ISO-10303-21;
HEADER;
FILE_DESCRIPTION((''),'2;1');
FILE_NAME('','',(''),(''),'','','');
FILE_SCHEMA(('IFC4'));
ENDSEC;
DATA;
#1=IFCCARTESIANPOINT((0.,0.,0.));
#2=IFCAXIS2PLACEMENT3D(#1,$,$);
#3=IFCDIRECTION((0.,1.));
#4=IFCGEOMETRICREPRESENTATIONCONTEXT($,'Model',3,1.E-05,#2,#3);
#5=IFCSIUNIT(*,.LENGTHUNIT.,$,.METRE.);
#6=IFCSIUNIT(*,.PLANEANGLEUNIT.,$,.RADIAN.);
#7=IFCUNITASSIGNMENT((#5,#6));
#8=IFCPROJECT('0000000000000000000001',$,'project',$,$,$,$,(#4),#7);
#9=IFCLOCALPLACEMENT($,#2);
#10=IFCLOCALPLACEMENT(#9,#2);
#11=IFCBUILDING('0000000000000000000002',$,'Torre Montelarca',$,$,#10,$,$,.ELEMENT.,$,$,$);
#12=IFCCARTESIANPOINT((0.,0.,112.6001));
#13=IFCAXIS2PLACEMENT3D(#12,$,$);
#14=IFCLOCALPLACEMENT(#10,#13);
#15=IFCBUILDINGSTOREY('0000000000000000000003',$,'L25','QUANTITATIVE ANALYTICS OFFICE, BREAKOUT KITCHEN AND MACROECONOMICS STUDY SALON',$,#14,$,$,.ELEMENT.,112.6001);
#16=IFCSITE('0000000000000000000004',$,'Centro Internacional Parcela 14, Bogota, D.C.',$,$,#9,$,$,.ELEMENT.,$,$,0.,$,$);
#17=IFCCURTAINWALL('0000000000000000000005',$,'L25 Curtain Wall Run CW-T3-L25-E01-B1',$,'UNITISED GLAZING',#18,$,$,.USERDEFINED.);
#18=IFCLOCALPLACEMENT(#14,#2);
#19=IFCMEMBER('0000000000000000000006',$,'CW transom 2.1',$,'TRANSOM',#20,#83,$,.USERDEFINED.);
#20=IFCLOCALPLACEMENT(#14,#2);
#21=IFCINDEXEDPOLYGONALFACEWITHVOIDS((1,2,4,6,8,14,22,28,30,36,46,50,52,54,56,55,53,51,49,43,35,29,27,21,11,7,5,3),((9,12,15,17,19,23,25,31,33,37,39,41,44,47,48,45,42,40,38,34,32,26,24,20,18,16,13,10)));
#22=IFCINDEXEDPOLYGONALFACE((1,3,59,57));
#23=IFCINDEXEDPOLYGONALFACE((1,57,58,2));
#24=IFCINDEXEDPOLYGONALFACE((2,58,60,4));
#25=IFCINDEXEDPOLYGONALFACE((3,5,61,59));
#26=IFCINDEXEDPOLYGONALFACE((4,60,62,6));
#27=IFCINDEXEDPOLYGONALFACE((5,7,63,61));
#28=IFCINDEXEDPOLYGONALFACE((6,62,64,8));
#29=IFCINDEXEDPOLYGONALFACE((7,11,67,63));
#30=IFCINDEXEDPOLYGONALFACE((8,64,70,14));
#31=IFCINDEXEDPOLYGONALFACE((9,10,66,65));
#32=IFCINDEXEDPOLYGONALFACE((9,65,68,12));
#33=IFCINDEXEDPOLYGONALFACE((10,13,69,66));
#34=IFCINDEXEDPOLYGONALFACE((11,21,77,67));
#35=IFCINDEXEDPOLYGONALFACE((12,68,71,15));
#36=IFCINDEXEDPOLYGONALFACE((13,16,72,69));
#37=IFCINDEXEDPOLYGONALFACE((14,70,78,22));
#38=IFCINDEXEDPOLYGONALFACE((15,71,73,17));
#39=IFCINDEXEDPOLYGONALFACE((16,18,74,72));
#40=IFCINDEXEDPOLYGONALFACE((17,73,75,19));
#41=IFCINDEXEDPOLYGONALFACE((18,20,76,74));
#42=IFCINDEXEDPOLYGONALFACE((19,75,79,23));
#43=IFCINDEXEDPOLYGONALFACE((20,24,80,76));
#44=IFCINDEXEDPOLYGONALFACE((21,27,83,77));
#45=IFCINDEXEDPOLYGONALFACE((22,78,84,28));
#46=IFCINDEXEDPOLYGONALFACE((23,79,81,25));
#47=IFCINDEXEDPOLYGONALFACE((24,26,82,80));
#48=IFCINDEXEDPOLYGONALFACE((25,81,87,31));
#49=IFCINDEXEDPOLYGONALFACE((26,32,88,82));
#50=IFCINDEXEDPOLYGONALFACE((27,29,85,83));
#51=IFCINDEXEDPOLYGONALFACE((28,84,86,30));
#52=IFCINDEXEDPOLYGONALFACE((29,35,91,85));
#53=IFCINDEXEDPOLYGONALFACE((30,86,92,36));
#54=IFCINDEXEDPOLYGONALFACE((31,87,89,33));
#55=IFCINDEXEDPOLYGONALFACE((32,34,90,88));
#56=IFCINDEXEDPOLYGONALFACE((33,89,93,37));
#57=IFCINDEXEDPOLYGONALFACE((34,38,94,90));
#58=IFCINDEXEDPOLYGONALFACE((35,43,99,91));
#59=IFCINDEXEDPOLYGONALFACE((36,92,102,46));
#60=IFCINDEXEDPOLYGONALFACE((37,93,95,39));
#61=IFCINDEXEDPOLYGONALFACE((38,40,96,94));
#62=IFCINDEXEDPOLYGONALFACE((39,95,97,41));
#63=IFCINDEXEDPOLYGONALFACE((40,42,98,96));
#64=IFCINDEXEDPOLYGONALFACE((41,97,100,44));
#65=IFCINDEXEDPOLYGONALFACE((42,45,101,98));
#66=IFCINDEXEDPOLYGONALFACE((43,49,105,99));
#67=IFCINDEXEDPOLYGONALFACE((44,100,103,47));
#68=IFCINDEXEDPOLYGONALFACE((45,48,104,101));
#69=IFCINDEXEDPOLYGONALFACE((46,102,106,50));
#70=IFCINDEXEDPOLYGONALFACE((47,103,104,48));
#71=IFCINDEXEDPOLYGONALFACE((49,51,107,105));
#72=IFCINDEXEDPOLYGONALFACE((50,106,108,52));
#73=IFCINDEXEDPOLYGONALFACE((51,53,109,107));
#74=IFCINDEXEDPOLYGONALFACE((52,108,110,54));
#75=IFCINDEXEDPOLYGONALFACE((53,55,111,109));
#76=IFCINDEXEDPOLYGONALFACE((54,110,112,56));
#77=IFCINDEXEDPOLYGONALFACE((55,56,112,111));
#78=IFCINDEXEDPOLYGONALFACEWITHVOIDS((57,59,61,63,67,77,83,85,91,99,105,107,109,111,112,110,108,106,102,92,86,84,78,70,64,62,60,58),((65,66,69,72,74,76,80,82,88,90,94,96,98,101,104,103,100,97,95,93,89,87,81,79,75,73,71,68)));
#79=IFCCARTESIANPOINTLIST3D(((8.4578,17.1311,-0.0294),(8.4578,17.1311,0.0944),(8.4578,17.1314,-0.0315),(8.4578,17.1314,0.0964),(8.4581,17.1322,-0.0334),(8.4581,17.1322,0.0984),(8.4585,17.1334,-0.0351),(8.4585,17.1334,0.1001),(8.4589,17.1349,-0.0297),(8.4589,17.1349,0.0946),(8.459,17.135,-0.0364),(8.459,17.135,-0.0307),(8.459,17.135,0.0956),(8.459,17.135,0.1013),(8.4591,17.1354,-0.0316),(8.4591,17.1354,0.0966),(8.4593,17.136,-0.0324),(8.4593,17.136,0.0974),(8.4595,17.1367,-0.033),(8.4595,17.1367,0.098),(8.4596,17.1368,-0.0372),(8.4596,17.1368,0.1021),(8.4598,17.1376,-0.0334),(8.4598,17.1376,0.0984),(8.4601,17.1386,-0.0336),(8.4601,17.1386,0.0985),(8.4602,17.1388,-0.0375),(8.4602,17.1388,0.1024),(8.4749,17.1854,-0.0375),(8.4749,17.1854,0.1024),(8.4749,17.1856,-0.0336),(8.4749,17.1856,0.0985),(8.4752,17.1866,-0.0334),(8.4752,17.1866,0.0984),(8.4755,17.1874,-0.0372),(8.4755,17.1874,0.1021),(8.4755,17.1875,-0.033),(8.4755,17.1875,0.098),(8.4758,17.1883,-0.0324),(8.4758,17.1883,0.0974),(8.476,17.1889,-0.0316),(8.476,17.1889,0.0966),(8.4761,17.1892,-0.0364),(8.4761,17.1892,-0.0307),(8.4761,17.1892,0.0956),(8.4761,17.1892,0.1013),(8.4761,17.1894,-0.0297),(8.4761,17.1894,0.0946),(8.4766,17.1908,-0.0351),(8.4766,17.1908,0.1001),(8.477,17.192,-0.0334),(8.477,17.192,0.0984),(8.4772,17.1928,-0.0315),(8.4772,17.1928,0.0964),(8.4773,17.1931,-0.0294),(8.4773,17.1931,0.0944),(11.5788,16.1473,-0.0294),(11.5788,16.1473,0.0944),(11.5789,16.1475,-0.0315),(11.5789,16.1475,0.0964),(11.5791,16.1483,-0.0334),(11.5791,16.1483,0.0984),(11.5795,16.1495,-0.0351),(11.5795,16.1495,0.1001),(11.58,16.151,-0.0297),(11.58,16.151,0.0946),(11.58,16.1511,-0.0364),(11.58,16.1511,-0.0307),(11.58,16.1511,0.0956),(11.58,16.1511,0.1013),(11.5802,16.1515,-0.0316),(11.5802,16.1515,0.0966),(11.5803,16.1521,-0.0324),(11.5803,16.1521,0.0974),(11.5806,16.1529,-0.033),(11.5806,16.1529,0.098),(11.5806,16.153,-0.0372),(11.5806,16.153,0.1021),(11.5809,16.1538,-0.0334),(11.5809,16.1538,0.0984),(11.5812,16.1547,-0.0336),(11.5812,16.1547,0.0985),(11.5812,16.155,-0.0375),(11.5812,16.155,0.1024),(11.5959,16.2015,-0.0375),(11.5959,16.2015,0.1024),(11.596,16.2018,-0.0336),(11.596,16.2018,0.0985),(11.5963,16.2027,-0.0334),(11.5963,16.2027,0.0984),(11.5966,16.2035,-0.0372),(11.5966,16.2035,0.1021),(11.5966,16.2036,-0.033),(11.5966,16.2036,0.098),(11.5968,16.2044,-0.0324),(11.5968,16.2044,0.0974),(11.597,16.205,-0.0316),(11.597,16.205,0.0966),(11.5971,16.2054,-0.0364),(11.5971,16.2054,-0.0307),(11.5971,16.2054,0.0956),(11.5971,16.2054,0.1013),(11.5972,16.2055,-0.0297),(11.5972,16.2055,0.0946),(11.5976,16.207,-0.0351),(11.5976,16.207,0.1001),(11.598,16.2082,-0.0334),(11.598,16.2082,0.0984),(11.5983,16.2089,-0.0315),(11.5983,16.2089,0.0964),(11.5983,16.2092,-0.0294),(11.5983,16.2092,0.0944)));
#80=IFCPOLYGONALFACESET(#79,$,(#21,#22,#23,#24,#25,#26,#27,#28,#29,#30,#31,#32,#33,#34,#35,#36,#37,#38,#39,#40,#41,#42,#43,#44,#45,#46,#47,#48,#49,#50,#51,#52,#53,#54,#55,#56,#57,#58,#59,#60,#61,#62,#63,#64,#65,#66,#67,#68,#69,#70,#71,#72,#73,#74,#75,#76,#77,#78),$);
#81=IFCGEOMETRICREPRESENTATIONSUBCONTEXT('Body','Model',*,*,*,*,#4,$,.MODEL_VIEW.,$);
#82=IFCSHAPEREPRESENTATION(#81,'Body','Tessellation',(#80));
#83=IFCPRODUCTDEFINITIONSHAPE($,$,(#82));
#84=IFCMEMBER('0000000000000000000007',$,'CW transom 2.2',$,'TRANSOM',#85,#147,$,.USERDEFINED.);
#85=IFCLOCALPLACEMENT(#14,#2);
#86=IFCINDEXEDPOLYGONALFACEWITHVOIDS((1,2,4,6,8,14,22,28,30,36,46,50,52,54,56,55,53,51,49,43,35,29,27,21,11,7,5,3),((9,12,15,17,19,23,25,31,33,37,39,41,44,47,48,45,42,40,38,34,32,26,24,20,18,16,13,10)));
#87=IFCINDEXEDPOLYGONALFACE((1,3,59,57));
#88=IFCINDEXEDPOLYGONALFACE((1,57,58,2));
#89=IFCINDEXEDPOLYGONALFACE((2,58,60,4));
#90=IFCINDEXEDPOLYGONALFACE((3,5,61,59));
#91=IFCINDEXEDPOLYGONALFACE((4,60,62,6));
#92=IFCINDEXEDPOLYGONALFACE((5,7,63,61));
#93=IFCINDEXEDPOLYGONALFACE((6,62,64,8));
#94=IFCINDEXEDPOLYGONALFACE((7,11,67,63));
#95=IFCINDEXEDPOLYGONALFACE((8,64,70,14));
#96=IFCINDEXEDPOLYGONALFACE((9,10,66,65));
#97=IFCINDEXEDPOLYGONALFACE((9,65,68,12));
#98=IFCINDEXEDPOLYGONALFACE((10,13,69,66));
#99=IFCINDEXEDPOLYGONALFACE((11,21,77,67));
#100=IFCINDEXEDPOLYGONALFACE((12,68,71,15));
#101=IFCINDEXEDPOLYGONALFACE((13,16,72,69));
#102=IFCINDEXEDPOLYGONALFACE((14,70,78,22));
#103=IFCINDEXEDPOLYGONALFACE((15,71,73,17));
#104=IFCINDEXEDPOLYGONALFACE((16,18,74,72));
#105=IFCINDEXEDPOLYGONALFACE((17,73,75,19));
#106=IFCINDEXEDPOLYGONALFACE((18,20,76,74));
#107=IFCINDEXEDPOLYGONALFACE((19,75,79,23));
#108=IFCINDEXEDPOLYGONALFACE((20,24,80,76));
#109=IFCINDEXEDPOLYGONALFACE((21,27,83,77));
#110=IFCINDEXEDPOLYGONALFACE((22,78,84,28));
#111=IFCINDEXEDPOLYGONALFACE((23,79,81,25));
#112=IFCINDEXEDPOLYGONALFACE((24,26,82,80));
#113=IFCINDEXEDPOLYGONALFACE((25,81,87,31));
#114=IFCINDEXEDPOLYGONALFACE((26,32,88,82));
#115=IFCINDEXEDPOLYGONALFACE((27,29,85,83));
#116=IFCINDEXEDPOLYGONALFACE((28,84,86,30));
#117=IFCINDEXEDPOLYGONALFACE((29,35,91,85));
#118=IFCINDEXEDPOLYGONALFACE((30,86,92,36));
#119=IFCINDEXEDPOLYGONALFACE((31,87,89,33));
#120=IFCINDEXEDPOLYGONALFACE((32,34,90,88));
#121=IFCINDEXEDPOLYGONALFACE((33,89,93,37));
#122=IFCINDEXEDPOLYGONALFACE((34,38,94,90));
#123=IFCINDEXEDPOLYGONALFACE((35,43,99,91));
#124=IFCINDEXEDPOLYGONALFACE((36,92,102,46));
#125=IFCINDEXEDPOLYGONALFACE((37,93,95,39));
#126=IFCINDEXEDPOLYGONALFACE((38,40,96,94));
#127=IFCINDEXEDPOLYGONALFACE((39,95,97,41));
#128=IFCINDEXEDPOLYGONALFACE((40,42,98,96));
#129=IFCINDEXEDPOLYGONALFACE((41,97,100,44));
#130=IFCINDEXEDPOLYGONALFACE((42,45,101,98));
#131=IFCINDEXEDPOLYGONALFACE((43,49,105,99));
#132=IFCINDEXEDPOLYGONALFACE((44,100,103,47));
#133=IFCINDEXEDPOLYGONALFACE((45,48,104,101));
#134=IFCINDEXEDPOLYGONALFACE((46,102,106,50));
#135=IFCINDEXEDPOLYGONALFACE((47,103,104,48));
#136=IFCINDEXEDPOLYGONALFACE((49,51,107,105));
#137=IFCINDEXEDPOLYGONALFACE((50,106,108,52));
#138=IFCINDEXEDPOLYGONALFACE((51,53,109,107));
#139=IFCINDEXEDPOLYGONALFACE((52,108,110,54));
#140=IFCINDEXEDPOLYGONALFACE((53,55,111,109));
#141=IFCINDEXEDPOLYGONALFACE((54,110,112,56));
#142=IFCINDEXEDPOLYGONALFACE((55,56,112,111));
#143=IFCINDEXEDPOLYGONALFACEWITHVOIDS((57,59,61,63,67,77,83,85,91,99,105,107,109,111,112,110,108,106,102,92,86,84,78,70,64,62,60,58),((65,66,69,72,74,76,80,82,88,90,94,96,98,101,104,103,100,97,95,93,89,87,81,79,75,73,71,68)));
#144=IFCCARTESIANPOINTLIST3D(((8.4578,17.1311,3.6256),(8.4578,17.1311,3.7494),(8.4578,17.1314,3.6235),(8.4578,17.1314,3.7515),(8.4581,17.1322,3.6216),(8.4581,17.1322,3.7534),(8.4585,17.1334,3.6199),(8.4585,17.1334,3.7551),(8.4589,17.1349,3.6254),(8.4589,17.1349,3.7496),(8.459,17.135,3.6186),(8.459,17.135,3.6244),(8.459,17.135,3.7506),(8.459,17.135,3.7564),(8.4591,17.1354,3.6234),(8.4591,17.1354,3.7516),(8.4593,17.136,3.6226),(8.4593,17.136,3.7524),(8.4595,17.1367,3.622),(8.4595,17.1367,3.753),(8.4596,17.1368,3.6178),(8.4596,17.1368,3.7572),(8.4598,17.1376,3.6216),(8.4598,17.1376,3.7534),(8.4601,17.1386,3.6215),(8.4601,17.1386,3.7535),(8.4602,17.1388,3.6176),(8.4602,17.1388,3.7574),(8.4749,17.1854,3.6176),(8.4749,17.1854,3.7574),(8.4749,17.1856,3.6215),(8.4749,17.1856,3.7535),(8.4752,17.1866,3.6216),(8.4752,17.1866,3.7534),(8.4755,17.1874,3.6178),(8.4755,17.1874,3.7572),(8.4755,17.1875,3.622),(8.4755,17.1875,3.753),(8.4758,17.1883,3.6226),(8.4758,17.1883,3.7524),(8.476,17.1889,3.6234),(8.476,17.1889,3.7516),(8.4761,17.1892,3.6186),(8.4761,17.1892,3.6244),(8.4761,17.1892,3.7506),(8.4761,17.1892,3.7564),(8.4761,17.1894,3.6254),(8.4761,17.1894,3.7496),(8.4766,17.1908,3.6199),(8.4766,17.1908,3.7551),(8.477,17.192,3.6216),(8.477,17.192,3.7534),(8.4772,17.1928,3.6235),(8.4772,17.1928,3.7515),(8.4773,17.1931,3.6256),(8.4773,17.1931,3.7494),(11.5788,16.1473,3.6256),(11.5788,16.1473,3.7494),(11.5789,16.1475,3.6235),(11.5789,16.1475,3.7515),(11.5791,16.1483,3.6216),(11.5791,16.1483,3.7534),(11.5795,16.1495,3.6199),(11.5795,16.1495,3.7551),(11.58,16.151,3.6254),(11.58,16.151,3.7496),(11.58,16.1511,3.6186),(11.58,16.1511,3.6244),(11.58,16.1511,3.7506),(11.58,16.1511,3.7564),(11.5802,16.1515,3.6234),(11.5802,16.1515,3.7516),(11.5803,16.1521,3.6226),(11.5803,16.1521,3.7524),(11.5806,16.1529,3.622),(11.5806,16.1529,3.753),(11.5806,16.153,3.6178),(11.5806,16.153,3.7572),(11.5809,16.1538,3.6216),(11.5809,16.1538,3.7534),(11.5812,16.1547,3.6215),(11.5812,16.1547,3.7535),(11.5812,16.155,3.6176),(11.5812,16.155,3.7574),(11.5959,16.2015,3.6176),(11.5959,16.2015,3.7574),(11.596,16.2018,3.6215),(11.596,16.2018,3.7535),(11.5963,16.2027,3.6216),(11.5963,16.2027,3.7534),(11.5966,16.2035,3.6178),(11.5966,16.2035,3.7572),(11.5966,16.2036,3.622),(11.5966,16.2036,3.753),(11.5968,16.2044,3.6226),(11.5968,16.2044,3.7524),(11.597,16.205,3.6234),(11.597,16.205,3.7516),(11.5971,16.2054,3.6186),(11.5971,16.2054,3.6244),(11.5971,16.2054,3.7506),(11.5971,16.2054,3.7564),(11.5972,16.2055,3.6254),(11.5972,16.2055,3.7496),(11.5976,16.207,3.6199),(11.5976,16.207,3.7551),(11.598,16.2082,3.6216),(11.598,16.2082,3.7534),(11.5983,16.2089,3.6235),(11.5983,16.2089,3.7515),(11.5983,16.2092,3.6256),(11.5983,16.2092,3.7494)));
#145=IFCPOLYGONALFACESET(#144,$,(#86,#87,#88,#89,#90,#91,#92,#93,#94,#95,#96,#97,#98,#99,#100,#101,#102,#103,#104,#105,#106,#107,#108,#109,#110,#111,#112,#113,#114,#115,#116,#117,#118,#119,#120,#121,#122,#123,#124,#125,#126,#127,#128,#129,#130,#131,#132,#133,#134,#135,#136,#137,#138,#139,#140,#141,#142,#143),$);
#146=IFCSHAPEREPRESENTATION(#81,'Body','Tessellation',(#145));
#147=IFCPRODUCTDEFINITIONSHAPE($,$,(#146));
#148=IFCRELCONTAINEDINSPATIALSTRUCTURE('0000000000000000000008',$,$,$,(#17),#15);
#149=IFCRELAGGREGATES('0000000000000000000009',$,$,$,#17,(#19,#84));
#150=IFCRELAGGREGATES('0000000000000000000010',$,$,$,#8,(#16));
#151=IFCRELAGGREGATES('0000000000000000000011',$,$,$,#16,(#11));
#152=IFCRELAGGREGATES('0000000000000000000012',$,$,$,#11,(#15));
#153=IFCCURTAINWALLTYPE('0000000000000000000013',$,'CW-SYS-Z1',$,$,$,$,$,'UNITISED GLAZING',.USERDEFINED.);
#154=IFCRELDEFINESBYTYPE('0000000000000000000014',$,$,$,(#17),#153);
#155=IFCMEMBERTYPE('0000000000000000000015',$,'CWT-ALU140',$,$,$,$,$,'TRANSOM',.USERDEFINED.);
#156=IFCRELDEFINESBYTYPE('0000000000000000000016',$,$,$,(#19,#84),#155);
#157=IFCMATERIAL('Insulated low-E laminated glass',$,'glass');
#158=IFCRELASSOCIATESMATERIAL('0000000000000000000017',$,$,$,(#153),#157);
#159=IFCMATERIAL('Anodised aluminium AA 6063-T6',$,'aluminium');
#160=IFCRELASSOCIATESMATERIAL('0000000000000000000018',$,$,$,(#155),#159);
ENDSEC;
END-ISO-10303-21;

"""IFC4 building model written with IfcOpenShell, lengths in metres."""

from ifc_helpers import new_model, si_unit, direction, frame, origin, origin_2d, place, context, subcontext, project, spatial, hollow_rectangle, extrude, source, transform, mapped, material, material_profile, profile_set, type_object, element, aggregate, save


model = new_model("IFC4")

# Units and contexts
model_context = context("Model", 3, precision=1e-05, world=origin(), true_north=direction((0.0, 1.0)))
body_context = subcontext(model_context, "Body", "Model", "MODEL_VIEW")
ifc_project = project(units=[si_unit("LENGTHUNIT", "METRE"), si_unit("PLANEANGLEUNIT", "RADIAN")], contexts=[model_context])

# Site, building, storey
site_placement = place(None, origin())
site = spatial("IfcSite", under=ifc_project, at=site_placement, Name="Centro Internacional Parcela 14, Bogota, D.C.", CompositionType="ELEMENT", RefElevation=0.0)
building_placement = place(site_placement, origin())
building = spatial("IfcBuilding", under=site, at=building_placement, Name="Torre Montelarca", CompositionType="ELEMENT")
storey_placement = place(building_placement, frame((0.0, 0.0, 112.6001)))
storey = spatial("IfcBuildingStorey", under=building, at=storey_placement, Name="L25", Description="QUANTITATIVE ANALYTICS OFFICE, BREAKOUT KITCHEN AND MACROECONOMICS STUDY SALON", CompositionType="ELEMENT", Elevation=112.6001)

# Curtain wall, members
ifc_material_1 = material(Name="Insulated low-E laminated glass", Category="glass")
curtain_wall_type = type_object("IfcCurtainWallType", Name="CW-SYS-Z1", ElementType="UNITISED GLAZING", PredefinedType="USERDEFINED", material=ifc_material_1)
curtain_wall_1_placement = place(storey_placement, origin())
curtain_wall_1 = element("IfcCurtainWall", 1, at=curtain_wall_1_placement, inside=storey, type_object=curtain_wall_type, Name="L25 Curtain Wall Run CW-T3-L25-E01-B1", ObjectType="UNITISED GLAZING", PredefinedType="USERDEFINED")
ifc_material_2 = material(Name="Anodised aluminium AA 6063-T6", Category="aluminium")
ifc_material_profile_1 = material_profile(ifc_material_2, hollow_rectangle(XDim=0.0649, YDim=0.1399, WallThickness=0.0039, InnerFilletRadius=0.0039, OuterFilletRadius=0.0081, at=origin_2d()), Name="ALU65X140X4", Category="aluminium")
ifc_profile_set_1 = profile_set([ifc_material_profile_1], Name="Anodised aluminium AA 6063-T6")
member_type_1 = type_object("IfcMemberType", Name="CWT-ALU140", ElementType="TRANSOM", PredefinedType="USERDEFINED", material=ifc_profile_set_1)
shared_shape_1 = source(origin(), body_context, "Body", "SweptSolid", [
    extrude(hollow_rectangle(XDim=0.0649, YDim=0.1399, WallThickness=0.0039, InnerFilletRadius=0.0039, OuterFilletRadius=0.0081, at=origin_2d()), origin(), (0.0, 0.0, 1.0), 3.2725),
])
member_1_placement = place(storey_placement, frame((8.4675, 17.1621, 0.0325), z_axis=(0.953734, -0.300653, 0.0), x_axis=(0.300653, 0.953734, 0.0)))
member_1 = element("IfcMember", 2, at=member_1_placement, type_object=member_type_1, Name="CW transom 2.1", ObjectType="TRANSOM", PredefinedType="USERDEFINED", context=body_context, shape_type="MappedRepresentation", body=[
    mapped(shared_shape_1, transform((0.0, 0.0, 0.0), scale=1.0)),
])
member_2_placement = place(storey_placement, frame((8.4675, 17.1621, 3.6875), z_axis=(0.953734, -0.300653, 0.0), x_axis=(0.300653, 0.953734, 0.0)))
member_2 = element("IfcMember", 3, at=member_2_placement, type_object=member_type_1, Name="CW transom 2.2", ObjectType="TRANSOM", PredefinedType="USERDEFINED", context=body_context, shape_type="MappedRepresentation", body=[
    mapped(shared_shape_1, transform((0.0, 0.0, 0.0), scale=1.0)),
])

aggregate(curtain_wall_1, [member_1, member_2])

save(model, "model.ifc")
